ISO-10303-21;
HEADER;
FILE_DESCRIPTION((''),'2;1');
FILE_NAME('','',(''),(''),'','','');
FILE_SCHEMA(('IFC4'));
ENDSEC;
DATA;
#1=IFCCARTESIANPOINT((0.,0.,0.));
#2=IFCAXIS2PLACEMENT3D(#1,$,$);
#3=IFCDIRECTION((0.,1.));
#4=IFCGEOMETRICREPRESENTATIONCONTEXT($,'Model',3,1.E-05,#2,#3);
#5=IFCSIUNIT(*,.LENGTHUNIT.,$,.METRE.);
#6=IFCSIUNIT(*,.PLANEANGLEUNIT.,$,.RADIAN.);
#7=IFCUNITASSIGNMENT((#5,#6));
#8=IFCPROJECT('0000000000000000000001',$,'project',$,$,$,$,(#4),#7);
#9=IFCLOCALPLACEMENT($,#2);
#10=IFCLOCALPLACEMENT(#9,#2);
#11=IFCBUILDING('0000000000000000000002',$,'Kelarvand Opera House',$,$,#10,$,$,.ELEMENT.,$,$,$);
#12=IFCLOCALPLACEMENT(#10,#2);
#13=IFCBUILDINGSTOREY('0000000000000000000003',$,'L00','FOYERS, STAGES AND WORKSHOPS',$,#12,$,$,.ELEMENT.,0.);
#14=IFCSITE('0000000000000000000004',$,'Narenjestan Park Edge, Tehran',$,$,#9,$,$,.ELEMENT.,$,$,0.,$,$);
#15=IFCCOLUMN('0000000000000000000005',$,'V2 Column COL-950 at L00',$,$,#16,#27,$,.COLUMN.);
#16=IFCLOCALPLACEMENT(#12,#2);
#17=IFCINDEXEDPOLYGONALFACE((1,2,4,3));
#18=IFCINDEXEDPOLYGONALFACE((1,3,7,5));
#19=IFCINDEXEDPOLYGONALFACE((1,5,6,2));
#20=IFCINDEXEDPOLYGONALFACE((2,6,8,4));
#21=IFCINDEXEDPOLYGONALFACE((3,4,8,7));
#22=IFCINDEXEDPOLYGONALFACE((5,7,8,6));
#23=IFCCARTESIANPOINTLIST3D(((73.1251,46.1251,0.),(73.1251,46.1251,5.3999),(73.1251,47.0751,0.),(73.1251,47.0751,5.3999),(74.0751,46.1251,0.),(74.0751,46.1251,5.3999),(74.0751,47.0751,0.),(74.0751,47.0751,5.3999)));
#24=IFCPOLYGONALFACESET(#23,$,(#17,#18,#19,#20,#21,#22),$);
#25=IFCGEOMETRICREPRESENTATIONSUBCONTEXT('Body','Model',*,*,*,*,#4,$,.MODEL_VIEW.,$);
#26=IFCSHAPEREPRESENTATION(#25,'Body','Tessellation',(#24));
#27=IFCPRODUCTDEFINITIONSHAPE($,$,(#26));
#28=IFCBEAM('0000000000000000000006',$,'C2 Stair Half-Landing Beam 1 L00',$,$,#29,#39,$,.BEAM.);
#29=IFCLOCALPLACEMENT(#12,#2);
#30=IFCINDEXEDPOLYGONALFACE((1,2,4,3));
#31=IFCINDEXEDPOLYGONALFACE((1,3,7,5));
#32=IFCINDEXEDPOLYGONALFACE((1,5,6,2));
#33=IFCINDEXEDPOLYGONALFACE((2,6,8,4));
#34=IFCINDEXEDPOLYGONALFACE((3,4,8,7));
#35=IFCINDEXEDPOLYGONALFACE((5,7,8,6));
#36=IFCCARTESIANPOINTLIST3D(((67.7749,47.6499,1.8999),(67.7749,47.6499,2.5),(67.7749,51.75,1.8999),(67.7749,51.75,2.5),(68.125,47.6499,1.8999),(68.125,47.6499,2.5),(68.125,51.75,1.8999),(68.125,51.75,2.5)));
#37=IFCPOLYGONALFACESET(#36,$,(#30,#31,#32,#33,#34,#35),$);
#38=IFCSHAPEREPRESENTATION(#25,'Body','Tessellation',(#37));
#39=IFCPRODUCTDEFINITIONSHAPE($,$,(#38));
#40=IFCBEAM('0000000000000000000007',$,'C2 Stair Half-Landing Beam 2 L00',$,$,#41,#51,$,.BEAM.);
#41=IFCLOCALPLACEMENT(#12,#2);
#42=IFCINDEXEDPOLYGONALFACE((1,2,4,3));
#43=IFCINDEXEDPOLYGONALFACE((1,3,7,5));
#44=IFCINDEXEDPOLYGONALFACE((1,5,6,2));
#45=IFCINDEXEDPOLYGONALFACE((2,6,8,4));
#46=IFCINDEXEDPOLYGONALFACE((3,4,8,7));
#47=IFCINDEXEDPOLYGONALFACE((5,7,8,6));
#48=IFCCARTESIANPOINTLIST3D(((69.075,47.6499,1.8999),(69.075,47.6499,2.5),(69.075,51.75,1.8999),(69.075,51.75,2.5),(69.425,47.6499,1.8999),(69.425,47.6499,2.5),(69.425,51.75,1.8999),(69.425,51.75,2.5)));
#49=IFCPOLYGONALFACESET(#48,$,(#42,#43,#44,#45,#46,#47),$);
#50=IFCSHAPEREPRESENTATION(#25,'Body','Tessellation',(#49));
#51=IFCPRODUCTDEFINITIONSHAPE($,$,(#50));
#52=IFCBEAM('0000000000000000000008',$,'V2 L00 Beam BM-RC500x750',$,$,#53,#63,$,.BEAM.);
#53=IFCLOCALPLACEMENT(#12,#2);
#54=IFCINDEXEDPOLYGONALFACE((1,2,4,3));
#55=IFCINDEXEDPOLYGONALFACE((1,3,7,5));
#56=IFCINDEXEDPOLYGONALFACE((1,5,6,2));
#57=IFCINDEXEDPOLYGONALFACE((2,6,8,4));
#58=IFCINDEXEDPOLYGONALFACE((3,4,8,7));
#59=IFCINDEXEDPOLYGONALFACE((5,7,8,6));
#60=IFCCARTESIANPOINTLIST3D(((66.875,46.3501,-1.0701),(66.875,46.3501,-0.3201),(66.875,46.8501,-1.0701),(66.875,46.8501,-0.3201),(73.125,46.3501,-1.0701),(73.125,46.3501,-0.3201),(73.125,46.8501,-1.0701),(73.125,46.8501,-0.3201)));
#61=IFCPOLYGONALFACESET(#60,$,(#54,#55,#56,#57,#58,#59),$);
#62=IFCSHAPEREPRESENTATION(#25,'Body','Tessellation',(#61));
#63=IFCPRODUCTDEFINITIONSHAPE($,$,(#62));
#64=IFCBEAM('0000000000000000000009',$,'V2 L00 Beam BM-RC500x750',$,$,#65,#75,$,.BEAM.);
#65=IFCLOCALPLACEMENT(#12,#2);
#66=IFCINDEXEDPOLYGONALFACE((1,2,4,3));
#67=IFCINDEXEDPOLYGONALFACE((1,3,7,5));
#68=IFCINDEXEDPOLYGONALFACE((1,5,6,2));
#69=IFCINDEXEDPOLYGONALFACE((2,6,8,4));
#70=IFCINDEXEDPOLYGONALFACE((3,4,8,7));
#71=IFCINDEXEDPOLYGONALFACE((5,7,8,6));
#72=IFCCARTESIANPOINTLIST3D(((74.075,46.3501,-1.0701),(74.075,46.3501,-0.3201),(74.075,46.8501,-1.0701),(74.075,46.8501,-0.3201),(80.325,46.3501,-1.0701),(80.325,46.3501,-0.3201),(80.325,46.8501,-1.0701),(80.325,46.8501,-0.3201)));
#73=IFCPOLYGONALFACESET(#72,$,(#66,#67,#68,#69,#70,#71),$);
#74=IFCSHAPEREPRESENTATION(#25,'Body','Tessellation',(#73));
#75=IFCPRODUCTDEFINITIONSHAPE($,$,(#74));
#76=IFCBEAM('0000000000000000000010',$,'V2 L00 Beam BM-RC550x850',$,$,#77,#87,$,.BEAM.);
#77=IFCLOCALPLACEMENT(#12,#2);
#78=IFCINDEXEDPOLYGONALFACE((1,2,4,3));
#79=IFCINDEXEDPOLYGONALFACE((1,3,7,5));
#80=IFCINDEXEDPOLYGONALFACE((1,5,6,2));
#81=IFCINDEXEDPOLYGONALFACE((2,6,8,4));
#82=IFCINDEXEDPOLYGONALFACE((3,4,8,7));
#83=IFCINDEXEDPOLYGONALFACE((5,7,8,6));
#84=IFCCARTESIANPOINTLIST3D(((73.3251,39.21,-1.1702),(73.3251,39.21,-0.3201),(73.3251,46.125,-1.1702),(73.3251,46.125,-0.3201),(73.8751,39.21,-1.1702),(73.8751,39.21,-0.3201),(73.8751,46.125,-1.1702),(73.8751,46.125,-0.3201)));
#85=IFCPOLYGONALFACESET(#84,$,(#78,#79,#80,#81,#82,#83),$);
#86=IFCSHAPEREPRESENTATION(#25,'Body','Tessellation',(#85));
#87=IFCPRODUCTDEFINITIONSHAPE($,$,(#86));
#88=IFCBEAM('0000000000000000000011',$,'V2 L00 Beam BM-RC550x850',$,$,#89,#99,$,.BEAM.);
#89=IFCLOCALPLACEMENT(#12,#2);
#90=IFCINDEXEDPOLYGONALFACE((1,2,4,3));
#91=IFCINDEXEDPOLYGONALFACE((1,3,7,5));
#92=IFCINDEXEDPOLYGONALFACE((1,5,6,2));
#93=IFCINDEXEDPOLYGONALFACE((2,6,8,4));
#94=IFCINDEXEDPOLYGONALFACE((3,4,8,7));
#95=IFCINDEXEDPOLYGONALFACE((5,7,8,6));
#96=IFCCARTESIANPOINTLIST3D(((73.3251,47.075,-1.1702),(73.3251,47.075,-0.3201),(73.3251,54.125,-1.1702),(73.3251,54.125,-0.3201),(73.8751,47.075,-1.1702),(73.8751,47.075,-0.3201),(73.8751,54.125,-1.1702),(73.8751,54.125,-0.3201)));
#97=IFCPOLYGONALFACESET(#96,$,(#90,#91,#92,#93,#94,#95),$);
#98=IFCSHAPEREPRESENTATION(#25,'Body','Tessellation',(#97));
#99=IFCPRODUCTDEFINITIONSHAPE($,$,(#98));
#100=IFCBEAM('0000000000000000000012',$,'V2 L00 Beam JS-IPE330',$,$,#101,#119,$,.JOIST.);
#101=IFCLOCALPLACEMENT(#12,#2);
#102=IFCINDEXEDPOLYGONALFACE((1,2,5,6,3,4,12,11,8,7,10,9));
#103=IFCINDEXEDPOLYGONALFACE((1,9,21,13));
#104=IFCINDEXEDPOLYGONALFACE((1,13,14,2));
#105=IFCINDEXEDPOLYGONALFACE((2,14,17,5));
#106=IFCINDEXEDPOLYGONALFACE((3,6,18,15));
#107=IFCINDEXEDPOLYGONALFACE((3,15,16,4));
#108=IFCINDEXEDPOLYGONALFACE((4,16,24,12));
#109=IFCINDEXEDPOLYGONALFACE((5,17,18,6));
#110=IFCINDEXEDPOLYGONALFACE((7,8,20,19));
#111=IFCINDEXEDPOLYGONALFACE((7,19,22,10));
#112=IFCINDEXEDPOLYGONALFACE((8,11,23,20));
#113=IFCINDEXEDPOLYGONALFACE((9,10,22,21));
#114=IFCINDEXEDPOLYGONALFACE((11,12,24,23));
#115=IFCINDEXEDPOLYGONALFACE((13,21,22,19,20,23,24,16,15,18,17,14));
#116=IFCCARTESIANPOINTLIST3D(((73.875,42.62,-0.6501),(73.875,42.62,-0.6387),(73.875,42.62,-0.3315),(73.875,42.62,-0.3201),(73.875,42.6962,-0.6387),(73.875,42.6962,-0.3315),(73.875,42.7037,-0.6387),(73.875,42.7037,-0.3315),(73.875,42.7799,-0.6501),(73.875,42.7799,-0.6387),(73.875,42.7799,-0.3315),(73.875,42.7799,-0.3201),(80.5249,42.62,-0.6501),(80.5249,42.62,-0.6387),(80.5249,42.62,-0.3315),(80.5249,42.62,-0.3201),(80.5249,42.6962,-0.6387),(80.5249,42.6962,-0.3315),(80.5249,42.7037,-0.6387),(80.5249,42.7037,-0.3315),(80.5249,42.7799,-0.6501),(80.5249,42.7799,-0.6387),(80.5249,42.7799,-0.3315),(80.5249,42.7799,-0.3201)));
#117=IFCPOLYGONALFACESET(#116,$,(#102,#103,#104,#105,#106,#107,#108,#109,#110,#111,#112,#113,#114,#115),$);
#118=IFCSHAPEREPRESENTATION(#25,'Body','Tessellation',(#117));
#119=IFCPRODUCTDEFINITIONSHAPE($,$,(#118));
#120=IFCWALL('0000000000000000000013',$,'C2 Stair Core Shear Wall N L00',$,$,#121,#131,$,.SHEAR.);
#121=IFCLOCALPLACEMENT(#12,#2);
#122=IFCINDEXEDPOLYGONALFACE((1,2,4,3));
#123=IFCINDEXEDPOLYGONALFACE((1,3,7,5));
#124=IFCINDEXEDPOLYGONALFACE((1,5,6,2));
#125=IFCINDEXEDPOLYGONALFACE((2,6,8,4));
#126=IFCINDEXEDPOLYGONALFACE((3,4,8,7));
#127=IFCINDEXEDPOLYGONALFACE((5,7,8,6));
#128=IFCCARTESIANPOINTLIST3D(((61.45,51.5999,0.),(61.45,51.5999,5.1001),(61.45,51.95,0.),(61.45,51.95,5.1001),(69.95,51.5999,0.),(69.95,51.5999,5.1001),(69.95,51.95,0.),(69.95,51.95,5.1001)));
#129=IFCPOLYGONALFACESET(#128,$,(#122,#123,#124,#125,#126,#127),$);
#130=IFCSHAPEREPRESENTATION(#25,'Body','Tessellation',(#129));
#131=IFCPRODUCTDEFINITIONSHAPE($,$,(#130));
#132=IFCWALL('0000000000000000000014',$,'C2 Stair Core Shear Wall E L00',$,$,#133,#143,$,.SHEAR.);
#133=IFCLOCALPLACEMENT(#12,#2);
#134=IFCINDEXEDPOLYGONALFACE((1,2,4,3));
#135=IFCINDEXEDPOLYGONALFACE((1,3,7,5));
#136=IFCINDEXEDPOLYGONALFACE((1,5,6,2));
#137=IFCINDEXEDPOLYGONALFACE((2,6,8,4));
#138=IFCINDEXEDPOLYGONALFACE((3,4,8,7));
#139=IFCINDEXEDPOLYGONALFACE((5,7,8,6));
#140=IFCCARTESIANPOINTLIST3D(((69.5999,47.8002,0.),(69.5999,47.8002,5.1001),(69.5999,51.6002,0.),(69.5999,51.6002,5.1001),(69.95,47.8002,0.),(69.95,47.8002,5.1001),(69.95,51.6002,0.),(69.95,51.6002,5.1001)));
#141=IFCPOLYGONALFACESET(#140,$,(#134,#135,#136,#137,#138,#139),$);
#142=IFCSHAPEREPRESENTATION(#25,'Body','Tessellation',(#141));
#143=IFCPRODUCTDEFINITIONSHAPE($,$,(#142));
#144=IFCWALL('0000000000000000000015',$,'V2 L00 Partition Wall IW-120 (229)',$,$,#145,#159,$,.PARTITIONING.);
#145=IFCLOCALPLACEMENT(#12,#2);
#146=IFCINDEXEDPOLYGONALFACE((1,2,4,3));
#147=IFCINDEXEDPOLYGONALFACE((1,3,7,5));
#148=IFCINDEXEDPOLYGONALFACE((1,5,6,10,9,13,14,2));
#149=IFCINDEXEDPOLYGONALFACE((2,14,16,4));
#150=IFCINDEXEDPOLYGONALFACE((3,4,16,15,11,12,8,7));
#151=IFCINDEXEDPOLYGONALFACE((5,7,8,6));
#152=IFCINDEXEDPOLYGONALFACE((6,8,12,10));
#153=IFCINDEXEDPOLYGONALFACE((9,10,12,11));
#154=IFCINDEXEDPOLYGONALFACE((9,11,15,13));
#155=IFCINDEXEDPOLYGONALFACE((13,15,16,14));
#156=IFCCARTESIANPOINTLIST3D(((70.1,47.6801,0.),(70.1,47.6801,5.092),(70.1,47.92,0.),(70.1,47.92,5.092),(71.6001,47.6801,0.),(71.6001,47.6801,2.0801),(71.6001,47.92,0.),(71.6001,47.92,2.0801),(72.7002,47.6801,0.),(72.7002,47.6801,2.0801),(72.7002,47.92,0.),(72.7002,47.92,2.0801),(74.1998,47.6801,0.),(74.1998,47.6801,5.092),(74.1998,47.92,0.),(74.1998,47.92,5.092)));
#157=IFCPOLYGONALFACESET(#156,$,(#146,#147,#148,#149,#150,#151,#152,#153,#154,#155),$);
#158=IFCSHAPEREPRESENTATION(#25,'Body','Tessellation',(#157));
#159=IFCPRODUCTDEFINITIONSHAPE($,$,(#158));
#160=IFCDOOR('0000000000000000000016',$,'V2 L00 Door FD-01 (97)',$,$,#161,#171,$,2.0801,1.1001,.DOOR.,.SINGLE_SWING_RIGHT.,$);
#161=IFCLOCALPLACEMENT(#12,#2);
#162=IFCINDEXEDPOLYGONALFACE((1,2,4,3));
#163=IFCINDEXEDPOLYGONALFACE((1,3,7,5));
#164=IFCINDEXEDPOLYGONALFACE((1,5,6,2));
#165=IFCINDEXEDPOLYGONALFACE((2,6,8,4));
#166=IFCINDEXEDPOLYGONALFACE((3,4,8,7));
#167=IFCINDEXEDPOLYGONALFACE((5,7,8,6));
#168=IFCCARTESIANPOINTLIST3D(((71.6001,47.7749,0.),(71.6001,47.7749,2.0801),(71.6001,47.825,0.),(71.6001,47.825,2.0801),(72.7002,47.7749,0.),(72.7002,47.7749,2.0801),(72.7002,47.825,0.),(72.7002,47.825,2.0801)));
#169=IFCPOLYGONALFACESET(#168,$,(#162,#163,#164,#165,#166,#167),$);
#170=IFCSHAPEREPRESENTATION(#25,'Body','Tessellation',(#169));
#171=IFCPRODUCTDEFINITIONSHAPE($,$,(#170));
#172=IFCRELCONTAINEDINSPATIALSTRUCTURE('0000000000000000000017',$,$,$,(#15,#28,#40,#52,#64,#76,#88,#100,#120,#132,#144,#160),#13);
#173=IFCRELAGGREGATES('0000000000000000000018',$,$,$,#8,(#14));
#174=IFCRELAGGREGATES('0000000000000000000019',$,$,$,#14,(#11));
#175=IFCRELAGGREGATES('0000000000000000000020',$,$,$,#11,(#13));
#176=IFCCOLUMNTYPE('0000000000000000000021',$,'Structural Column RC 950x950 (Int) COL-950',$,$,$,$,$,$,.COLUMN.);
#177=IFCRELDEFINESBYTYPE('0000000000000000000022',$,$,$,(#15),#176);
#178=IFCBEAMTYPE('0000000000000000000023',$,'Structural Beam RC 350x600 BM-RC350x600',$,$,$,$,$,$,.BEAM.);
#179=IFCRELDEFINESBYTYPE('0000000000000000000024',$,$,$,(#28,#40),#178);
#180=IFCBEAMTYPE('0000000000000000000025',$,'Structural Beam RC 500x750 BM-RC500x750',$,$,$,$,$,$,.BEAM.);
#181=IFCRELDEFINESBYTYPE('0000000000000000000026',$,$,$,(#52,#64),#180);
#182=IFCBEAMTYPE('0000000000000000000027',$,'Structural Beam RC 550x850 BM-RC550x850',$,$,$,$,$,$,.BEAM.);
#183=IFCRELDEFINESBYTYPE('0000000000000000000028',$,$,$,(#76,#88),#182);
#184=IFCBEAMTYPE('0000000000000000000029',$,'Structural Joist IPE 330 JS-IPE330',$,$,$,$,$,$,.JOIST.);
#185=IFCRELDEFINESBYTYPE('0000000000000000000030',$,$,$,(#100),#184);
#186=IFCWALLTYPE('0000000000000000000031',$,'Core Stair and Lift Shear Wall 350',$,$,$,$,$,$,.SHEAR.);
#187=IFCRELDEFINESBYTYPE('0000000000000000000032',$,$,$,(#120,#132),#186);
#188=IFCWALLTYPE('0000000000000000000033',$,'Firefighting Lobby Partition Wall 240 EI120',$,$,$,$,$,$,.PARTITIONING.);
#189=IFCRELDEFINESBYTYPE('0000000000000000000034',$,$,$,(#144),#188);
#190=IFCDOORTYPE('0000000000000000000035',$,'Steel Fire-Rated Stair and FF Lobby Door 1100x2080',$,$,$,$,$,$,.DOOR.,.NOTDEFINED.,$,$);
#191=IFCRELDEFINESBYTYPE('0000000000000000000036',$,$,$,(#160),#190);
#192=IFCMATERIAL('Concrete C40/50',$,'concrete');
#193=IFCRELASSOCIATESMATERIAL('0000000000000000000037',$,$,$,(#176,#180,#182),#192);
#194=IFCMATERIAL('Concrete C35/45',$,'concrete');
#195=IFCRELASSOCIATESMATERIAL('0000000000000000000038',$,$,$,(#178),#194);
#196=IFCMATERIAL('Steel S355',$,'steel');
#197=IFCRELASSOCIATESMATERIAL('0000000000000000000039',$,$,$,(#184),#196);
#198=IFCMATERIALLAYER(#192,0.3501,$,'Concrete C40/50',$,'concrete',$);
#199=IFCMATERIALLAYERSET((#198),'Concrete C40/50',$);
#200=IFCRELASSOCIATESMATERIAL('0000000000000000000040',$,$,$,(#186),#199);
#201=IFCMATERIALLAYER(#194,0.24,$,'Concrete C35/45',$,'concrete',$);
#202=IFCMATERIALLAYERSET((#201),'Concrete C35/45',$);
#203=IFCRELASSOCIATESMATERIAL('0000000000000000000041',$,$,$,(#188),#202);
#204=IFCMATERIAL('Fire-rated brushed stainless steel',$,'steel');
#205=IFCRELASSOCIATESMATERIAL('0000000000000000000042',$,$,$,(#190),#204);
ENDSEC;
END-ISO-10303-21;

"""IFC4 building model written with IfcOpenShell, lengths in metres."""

from ifc_helpers import new_model, si_unit, direction, frame, frame_2d, origin, origin_2d, place, context, subcontext, project, spatial, rectangle, i_section, extrude, material, layer, layer_set, material_profile, profile_set, type_object, element, fill, save


model = new_model("IFC4")

# Units and contexts
model_context = context("Model", 3, precision=1e-05, world=origin(), true_north=direction((0.0, 1.0)))
body_context = subcontext(model_context, "Body", "Model", "MODEL_VIEW")
ifc_project = project(units=[si_unit("LENGTHUNIT", "METRE"), si_unit("PLANEANGLEUNIT", "RADIAN")], contexts=[model_context])

# Site, building, storey
site_placement = place(None, origin())
site = spatial("IfcSite", under=ifc_project, at=site_placement, Name="Narenjestan Park Edge, Tehran", CompositionType="ELEMENT", RefElevation=0.0)
building_placement = place(site_placement, origin())
building = spatial("IfcBuilding", under=site, at=building_placement, Name="Kelarvand Opera House", CompositionType="ELEMENT")
storey_placement = place(building_placement, origin())
storey = spatial("IfcBuildingStorey", under=building, at=storey_placement, Name="L00", Description="FOYERS, STAGES AND WORKSHOPS", CompositionType="ELEMENT", Elevation=0.0)

# Column
ifc_material_1 = material(Name="Concrete C40/50", Category="concrete")
ifc_material_profile_1 = material_profile(ifc_material_1, rectangle(XDim=0.95, YDim=0.95, at=origin_2d()), Name="RC 950x950", Category="concrete")
ifc_profile_set_1 = profile_set([ifc_material_profile_1], Name="Concrete C40/50")
column_type = type_object("IfcColumnType", Name="Structural Column RC 950x950 (Int) COL-950", PredefinedType="COLUMN", material=ifc_profile_set_1)
column_placement = place(storey_placement, frame((73.6001, 46.6001, 0.0), z_axis=(0.0, 0.0, 1.0), x_axis=(1.0, 0.0, 0.0)))
element("IfcColumn", 1, at=column_placement, inside=storey, type_object=column_type, Name="V2 Column COL-950 at L00", PredefinedType="COLUMN", context=body_context, shape_type="SweptSolid", body=[
    extrude(rectangle(XDim=0.95, YDim=0.95, at=origin_2d()), origin(), (0.0, 0.0, 1.0), 5.3999),
])

# Beams
ifc_material_2 = material(Name="Concrete C35/45", Category="concrete")
ifc_material_profile_2 = material_profile(ifc_material_2, rectangle(XDim=0.3501, YDim=0.6001, at=origin_2d()), Name="RC 350x600", Category="concrete")
ifc_profile_set_2 = profile_set([ifc_material_profile_2], Name="Concrete C35/45")
beam_type_1 = type_object("IfcBeamType", Name="Structural Beam RC 350x600 BM-RC350x600", PredefinedType="BEAM", material=ifc_profile_set_2)
for number, where, z_axis, x_axis, name in (
    (2, (67.95, 47.6499, 2.2), (0.0, 1.0, 0.0), (-1.0, 0.0, 0.0), "C2 Stair Half-Landing Beam 1 L00"),
    (3, (69.25, 47.6499, 2.2), (0.0, 1.0, 0.0), (-1.0, 0.0, 0.0), "C2 Stair Half-Landing Beam 2 L00"),
):
    element("IfcBeam", number, at=place(storey_placement, frame(where, z_axis=z_axis, x_axis=x_axis)), inside=storey, type_object=beam_type_1, Name=name, PredefinedType="BEAM", context=body_context, shape_type="SweptSolid", body=[
        extrude(rectangle(XDim=0.3501, YDim=0.6001, at=origin_2d()), origin(), (0.0, 0.0, 1.0), 4.1001),
    ])
ifc_material_profile_3 = material_profile(ifc_material_1, rectangle(XDim=0.5, YDim=0.75, at=origin_2d()), Name="RC 500x750", Category="concrete")
ifc_profile_set_3 = profile_set([ifc_material_profile_3], Name="Concrete C40/50")
beam_type_2 = type_object("IfcBeamType", Name="Structural Beam RC 500x750 BM-RC500x750", PredefinedType="BEAM", material=ifc_profile_set_3)
for number, where, z_axis, x_axis, name in (
    (4, (66.875, 46.6001, -0.6951), (1.0, 0.0, 0.0), (0.0, 1.0, 0.0), "V2 L00 Beam BM-RC500x750"),
    (5, (74.075, 46.6001, -0.6951), (1.0, 0.0, 0.0), (0.0, 1.0, 0.0), "V2 L00 Beam BM-RC500x750"),
):
    element("IfcBeam", number, at=place(storey_placement, frame(where, z_axis=z_axis, x_axis=x_axis)), inside=storey, type_object=beam_type_2, Name=name, PredefinedType="BEAM", context=body_context, shape_type="SweptSolid", body=[
        extrude(rectangle(XDim=0.5, YDim=0.75, at=origin_2d()), origin(), (0.0, 0.0, 1.0), 6.25),
    ])
ifc_material_profile_4 = material_profile(ifc_material_1, rectangle(XDim=0.55, YDim=0.8501, at=origin_2d()), Name="RC 550x850", Category="concrete")
ifc_profile_set_4 = profile_set([ifc_material_profile_4], Name="Concrete C40/50")
beam_type_3 = type_object("IfcBeamType", Name="Structural Beam RC 550x850 BM-RC550x850", PredefinedType="BEAM", material=ifc_profile_set_4)
beam_1_placement = place(storey_placement, frame((73.6001, 39.21, -0.7451), z_axis=(0.0, 1.0, 0.0), x_axis=(-1.0, 0.0, 0.0)))
element("IfcBeam", 6, at=beam_1_placement, inside=storey, type_object=beam_type_3, Name="V2 L00 Beam BM-RC550x850", PredefinedType="BEAM", context=body_context, shape_type="SweptSolid", body=[
    extrude(rectangle(XDim=0.55, YDim=0.8501, at=origin_2d()), origin(), (0.0, 0.0, 1.0), 6.915),
])
beam_2_placement = place(storey_placement, frame((73.6001, 47.075, -0.7451), z_axis=(0.0, 1.0, 0.0), x_axis=(-1.0, 0.0, 0.0)))
element("IfcBeam", 7, at=beam_2_placement, inside=storey, type_object=beam_type_3, Name="V2 L00 Beam BM-RC550x850", PredefinedType="BEAM", context=body_context, shape_type="SweptSolid", body=[
    extrude(rectangle(XDim=0.55, YDim=0.8501, at=origin_2d()), origin(), (0.0, 0.0, 1.0), 7.05),
])
ifc_material_3 = material(Name="Steel S355", Category="steel")
ifc_material_profile_5 = material_profile(ifc_material_3, i_section(OverallWidth=0.1599, OverallDepth=0.3301, WebThickness=0.0076, FlangeThickness=0.0115, at=origin_2d()), Name="IPE 330", Category="steel")
ifc_profile_set_5 = profile_set([ifc_material_profile_5], Name="Steel S355")
beam_type_4 = type_object("IfcBeamType", Name="Structural Joist IPE 330 JS-IPE330", PredefinedType="JOIST", material=ifc_profile_set_5)
beam_3_placement = place(storey_placement, frame((73.875, 42.7, -0.4851), z_axis=(1.0, 0.0, 0.0), x_axis=(0.0, 1.0, 0.0)))
element("IfcBeam", 8, at=beam_3_placement, inside=storey, type_object=beam_type_4, Name="V2 L00 Beam JS-IPE330", PredefinedType="JOIST", context=body_context, shape_type="SweptSolid", body=[
    extrude(i_section(OverallWidth=0.1599, OverallDepth=0.3301, WebThickness=0.0076, FlangeThickness=0.0115, at=origin_2d()), origin(), (0.0, 0.0, 1.0), 6.6499),
])

# Walls
ifc_layer_1 = layer(ifc_material_1, 0.3501, Name="Concrete C40/50", Category="concrete")
ifc_layer_set_1 = layer_set([ifc_layer_1], Name="Concrete C40/50")
wall_type_1 = type_object("IfcWallType", Name="Core Stair and Lift Shear Wall 350", PredefinedType="SHEAR", material=ifc_layer_set_1)
wall_1_placement = place(storey_placement, frame((69.95, 51.7749, 0.0), z_axis=(0.0, 0.0, 1.0), x_axis=(-1.0, 0.0, 0.0)))
element("IfcWall", 9, at=wall_1_placement, inside=storey, type_object=wall_type_1, Name="C2 Stair Core Shear Wall N L00", PredefinedType="SHEAR", context=body_context, shape_type="SweptSolid", body=[
    extrude(rectangle(XDim=8.5, YDim=0.3501, at=frame_2d((4.25, 0.0))), origin(), (0.0, 0.0, 1.0), 5.1001),
])
wall_2_placement = place(storey_placement, frame((69.7749, 51.6001, 0.0), z_axis=(0.0, 0.0, 1.0), x_axis=(0.0, -1.0, 0.0)))
element("IfcWall", 10, at=wall_2_placement, inside=storey, type_object=wall_type_1, Name="C2 Stair Core Shear Wall E L00", PredefinedType="SHEAR", context=body_context, shape_type="SweptSolid", body=[
    extrude(rectangle(XDim=3.8, YDim=0.3501, at=frame_2d((1.8999, 0.0))), origin(), (0.0, 0.0, 1.0), 5.1001),
])

# Wall, opening, door
ifc_layer_2 = layer(ifc_material_2, 0.24, Name="Concrete C35/45", Category="concrete")
ifc_layer_set_2 = layer_set([ifc_layer_2], Name="Concrete C35/45")
wall_type_2 = type_object("IfcWallType", Name="Firefighting Lobby Partition Wall 240 EI120", PredefinedType="PARTITIONING", material=ifc_layer_set_2)
wall_3_placement = place(storey_placement, frame((70.1001, 47.8, 0.0), z_axis=(0.0, 0.0, 1.0), x_axis=(1.0, 0.0, 0.0)))
wall_3 = element("IfcWall", 11, at=wall_3_placement, inside=storey, type_object=wall_type_2, Name="V2 L00 Partition Wall IW-120 (229)", PredefinedType="PARTITIONING", context=body_context, shape_type="SweptSolid", body=[
    extrude(rectangle(XDim=4.0999, YDim=0.24, at=frame_2d((2.0498, 0.0))), origin(), (0.0, 0.0, 1.0), 5.092),
])
opening_1_placement = place(wall_3_placement, frame((1.5, 0.0, 0.0)))
opening_1 = element("IfcOpeningElement", 12, at=opening_1_placement, cuts=wall_3, PredefinedType="OPENING", context=body_context, shape_type="SweptSolid", body=[
    extrude(rectangle(XDim=1.1001, YDim=2.0801, at=frame_2d((0.55, 1.04))), frame((0.0, 0.1299, 0.0), z_axis=(0.0, -1.0, 0.0), x_axis=(1.0, 0.0, 0.0)), (0.0, 0.0, 1.0), 0.26),
])
ifc_material_4 = material(Name="Fire-rated brushed stainless steel", Category="steel")
door_type_1 = type_object("IfcDoorType", Name="Steel Fire-Rated Stair and FF Lobby Door 1100x2080", OperationType="NOTDEFINED", PredefinedType="DOOR", material=ifc_material_4)
door_1_placement = place(opening_1_placement, origin())
door_1 = element("IfcDoor", 13, at=door_1_placement, inside=storey, type_object=door_type_1, Name="V2 L00 Door FD-01 (97)", OperationType="SINGLE_SWING_RIGHT", OverallHeight=2.0801, OverallWidth=1.1001, PredefinedType="DOOR", context=body_context, shape_type="SweptSolid", body=[
    extrude(rectangle(XDim=1.1001, YDim=2.0801, at=frame_2d((0.55, 1.04))), frame((0.0, 0.0249, 0.0), z_axis=(0.0, -1.0, 0.0), x_axis=(1.0, 0.0, 0.0)), (0.0, 0.0, 1.0), 0.05),
])
fill(opening_1, door_1)

save(model, "model.ifc")
